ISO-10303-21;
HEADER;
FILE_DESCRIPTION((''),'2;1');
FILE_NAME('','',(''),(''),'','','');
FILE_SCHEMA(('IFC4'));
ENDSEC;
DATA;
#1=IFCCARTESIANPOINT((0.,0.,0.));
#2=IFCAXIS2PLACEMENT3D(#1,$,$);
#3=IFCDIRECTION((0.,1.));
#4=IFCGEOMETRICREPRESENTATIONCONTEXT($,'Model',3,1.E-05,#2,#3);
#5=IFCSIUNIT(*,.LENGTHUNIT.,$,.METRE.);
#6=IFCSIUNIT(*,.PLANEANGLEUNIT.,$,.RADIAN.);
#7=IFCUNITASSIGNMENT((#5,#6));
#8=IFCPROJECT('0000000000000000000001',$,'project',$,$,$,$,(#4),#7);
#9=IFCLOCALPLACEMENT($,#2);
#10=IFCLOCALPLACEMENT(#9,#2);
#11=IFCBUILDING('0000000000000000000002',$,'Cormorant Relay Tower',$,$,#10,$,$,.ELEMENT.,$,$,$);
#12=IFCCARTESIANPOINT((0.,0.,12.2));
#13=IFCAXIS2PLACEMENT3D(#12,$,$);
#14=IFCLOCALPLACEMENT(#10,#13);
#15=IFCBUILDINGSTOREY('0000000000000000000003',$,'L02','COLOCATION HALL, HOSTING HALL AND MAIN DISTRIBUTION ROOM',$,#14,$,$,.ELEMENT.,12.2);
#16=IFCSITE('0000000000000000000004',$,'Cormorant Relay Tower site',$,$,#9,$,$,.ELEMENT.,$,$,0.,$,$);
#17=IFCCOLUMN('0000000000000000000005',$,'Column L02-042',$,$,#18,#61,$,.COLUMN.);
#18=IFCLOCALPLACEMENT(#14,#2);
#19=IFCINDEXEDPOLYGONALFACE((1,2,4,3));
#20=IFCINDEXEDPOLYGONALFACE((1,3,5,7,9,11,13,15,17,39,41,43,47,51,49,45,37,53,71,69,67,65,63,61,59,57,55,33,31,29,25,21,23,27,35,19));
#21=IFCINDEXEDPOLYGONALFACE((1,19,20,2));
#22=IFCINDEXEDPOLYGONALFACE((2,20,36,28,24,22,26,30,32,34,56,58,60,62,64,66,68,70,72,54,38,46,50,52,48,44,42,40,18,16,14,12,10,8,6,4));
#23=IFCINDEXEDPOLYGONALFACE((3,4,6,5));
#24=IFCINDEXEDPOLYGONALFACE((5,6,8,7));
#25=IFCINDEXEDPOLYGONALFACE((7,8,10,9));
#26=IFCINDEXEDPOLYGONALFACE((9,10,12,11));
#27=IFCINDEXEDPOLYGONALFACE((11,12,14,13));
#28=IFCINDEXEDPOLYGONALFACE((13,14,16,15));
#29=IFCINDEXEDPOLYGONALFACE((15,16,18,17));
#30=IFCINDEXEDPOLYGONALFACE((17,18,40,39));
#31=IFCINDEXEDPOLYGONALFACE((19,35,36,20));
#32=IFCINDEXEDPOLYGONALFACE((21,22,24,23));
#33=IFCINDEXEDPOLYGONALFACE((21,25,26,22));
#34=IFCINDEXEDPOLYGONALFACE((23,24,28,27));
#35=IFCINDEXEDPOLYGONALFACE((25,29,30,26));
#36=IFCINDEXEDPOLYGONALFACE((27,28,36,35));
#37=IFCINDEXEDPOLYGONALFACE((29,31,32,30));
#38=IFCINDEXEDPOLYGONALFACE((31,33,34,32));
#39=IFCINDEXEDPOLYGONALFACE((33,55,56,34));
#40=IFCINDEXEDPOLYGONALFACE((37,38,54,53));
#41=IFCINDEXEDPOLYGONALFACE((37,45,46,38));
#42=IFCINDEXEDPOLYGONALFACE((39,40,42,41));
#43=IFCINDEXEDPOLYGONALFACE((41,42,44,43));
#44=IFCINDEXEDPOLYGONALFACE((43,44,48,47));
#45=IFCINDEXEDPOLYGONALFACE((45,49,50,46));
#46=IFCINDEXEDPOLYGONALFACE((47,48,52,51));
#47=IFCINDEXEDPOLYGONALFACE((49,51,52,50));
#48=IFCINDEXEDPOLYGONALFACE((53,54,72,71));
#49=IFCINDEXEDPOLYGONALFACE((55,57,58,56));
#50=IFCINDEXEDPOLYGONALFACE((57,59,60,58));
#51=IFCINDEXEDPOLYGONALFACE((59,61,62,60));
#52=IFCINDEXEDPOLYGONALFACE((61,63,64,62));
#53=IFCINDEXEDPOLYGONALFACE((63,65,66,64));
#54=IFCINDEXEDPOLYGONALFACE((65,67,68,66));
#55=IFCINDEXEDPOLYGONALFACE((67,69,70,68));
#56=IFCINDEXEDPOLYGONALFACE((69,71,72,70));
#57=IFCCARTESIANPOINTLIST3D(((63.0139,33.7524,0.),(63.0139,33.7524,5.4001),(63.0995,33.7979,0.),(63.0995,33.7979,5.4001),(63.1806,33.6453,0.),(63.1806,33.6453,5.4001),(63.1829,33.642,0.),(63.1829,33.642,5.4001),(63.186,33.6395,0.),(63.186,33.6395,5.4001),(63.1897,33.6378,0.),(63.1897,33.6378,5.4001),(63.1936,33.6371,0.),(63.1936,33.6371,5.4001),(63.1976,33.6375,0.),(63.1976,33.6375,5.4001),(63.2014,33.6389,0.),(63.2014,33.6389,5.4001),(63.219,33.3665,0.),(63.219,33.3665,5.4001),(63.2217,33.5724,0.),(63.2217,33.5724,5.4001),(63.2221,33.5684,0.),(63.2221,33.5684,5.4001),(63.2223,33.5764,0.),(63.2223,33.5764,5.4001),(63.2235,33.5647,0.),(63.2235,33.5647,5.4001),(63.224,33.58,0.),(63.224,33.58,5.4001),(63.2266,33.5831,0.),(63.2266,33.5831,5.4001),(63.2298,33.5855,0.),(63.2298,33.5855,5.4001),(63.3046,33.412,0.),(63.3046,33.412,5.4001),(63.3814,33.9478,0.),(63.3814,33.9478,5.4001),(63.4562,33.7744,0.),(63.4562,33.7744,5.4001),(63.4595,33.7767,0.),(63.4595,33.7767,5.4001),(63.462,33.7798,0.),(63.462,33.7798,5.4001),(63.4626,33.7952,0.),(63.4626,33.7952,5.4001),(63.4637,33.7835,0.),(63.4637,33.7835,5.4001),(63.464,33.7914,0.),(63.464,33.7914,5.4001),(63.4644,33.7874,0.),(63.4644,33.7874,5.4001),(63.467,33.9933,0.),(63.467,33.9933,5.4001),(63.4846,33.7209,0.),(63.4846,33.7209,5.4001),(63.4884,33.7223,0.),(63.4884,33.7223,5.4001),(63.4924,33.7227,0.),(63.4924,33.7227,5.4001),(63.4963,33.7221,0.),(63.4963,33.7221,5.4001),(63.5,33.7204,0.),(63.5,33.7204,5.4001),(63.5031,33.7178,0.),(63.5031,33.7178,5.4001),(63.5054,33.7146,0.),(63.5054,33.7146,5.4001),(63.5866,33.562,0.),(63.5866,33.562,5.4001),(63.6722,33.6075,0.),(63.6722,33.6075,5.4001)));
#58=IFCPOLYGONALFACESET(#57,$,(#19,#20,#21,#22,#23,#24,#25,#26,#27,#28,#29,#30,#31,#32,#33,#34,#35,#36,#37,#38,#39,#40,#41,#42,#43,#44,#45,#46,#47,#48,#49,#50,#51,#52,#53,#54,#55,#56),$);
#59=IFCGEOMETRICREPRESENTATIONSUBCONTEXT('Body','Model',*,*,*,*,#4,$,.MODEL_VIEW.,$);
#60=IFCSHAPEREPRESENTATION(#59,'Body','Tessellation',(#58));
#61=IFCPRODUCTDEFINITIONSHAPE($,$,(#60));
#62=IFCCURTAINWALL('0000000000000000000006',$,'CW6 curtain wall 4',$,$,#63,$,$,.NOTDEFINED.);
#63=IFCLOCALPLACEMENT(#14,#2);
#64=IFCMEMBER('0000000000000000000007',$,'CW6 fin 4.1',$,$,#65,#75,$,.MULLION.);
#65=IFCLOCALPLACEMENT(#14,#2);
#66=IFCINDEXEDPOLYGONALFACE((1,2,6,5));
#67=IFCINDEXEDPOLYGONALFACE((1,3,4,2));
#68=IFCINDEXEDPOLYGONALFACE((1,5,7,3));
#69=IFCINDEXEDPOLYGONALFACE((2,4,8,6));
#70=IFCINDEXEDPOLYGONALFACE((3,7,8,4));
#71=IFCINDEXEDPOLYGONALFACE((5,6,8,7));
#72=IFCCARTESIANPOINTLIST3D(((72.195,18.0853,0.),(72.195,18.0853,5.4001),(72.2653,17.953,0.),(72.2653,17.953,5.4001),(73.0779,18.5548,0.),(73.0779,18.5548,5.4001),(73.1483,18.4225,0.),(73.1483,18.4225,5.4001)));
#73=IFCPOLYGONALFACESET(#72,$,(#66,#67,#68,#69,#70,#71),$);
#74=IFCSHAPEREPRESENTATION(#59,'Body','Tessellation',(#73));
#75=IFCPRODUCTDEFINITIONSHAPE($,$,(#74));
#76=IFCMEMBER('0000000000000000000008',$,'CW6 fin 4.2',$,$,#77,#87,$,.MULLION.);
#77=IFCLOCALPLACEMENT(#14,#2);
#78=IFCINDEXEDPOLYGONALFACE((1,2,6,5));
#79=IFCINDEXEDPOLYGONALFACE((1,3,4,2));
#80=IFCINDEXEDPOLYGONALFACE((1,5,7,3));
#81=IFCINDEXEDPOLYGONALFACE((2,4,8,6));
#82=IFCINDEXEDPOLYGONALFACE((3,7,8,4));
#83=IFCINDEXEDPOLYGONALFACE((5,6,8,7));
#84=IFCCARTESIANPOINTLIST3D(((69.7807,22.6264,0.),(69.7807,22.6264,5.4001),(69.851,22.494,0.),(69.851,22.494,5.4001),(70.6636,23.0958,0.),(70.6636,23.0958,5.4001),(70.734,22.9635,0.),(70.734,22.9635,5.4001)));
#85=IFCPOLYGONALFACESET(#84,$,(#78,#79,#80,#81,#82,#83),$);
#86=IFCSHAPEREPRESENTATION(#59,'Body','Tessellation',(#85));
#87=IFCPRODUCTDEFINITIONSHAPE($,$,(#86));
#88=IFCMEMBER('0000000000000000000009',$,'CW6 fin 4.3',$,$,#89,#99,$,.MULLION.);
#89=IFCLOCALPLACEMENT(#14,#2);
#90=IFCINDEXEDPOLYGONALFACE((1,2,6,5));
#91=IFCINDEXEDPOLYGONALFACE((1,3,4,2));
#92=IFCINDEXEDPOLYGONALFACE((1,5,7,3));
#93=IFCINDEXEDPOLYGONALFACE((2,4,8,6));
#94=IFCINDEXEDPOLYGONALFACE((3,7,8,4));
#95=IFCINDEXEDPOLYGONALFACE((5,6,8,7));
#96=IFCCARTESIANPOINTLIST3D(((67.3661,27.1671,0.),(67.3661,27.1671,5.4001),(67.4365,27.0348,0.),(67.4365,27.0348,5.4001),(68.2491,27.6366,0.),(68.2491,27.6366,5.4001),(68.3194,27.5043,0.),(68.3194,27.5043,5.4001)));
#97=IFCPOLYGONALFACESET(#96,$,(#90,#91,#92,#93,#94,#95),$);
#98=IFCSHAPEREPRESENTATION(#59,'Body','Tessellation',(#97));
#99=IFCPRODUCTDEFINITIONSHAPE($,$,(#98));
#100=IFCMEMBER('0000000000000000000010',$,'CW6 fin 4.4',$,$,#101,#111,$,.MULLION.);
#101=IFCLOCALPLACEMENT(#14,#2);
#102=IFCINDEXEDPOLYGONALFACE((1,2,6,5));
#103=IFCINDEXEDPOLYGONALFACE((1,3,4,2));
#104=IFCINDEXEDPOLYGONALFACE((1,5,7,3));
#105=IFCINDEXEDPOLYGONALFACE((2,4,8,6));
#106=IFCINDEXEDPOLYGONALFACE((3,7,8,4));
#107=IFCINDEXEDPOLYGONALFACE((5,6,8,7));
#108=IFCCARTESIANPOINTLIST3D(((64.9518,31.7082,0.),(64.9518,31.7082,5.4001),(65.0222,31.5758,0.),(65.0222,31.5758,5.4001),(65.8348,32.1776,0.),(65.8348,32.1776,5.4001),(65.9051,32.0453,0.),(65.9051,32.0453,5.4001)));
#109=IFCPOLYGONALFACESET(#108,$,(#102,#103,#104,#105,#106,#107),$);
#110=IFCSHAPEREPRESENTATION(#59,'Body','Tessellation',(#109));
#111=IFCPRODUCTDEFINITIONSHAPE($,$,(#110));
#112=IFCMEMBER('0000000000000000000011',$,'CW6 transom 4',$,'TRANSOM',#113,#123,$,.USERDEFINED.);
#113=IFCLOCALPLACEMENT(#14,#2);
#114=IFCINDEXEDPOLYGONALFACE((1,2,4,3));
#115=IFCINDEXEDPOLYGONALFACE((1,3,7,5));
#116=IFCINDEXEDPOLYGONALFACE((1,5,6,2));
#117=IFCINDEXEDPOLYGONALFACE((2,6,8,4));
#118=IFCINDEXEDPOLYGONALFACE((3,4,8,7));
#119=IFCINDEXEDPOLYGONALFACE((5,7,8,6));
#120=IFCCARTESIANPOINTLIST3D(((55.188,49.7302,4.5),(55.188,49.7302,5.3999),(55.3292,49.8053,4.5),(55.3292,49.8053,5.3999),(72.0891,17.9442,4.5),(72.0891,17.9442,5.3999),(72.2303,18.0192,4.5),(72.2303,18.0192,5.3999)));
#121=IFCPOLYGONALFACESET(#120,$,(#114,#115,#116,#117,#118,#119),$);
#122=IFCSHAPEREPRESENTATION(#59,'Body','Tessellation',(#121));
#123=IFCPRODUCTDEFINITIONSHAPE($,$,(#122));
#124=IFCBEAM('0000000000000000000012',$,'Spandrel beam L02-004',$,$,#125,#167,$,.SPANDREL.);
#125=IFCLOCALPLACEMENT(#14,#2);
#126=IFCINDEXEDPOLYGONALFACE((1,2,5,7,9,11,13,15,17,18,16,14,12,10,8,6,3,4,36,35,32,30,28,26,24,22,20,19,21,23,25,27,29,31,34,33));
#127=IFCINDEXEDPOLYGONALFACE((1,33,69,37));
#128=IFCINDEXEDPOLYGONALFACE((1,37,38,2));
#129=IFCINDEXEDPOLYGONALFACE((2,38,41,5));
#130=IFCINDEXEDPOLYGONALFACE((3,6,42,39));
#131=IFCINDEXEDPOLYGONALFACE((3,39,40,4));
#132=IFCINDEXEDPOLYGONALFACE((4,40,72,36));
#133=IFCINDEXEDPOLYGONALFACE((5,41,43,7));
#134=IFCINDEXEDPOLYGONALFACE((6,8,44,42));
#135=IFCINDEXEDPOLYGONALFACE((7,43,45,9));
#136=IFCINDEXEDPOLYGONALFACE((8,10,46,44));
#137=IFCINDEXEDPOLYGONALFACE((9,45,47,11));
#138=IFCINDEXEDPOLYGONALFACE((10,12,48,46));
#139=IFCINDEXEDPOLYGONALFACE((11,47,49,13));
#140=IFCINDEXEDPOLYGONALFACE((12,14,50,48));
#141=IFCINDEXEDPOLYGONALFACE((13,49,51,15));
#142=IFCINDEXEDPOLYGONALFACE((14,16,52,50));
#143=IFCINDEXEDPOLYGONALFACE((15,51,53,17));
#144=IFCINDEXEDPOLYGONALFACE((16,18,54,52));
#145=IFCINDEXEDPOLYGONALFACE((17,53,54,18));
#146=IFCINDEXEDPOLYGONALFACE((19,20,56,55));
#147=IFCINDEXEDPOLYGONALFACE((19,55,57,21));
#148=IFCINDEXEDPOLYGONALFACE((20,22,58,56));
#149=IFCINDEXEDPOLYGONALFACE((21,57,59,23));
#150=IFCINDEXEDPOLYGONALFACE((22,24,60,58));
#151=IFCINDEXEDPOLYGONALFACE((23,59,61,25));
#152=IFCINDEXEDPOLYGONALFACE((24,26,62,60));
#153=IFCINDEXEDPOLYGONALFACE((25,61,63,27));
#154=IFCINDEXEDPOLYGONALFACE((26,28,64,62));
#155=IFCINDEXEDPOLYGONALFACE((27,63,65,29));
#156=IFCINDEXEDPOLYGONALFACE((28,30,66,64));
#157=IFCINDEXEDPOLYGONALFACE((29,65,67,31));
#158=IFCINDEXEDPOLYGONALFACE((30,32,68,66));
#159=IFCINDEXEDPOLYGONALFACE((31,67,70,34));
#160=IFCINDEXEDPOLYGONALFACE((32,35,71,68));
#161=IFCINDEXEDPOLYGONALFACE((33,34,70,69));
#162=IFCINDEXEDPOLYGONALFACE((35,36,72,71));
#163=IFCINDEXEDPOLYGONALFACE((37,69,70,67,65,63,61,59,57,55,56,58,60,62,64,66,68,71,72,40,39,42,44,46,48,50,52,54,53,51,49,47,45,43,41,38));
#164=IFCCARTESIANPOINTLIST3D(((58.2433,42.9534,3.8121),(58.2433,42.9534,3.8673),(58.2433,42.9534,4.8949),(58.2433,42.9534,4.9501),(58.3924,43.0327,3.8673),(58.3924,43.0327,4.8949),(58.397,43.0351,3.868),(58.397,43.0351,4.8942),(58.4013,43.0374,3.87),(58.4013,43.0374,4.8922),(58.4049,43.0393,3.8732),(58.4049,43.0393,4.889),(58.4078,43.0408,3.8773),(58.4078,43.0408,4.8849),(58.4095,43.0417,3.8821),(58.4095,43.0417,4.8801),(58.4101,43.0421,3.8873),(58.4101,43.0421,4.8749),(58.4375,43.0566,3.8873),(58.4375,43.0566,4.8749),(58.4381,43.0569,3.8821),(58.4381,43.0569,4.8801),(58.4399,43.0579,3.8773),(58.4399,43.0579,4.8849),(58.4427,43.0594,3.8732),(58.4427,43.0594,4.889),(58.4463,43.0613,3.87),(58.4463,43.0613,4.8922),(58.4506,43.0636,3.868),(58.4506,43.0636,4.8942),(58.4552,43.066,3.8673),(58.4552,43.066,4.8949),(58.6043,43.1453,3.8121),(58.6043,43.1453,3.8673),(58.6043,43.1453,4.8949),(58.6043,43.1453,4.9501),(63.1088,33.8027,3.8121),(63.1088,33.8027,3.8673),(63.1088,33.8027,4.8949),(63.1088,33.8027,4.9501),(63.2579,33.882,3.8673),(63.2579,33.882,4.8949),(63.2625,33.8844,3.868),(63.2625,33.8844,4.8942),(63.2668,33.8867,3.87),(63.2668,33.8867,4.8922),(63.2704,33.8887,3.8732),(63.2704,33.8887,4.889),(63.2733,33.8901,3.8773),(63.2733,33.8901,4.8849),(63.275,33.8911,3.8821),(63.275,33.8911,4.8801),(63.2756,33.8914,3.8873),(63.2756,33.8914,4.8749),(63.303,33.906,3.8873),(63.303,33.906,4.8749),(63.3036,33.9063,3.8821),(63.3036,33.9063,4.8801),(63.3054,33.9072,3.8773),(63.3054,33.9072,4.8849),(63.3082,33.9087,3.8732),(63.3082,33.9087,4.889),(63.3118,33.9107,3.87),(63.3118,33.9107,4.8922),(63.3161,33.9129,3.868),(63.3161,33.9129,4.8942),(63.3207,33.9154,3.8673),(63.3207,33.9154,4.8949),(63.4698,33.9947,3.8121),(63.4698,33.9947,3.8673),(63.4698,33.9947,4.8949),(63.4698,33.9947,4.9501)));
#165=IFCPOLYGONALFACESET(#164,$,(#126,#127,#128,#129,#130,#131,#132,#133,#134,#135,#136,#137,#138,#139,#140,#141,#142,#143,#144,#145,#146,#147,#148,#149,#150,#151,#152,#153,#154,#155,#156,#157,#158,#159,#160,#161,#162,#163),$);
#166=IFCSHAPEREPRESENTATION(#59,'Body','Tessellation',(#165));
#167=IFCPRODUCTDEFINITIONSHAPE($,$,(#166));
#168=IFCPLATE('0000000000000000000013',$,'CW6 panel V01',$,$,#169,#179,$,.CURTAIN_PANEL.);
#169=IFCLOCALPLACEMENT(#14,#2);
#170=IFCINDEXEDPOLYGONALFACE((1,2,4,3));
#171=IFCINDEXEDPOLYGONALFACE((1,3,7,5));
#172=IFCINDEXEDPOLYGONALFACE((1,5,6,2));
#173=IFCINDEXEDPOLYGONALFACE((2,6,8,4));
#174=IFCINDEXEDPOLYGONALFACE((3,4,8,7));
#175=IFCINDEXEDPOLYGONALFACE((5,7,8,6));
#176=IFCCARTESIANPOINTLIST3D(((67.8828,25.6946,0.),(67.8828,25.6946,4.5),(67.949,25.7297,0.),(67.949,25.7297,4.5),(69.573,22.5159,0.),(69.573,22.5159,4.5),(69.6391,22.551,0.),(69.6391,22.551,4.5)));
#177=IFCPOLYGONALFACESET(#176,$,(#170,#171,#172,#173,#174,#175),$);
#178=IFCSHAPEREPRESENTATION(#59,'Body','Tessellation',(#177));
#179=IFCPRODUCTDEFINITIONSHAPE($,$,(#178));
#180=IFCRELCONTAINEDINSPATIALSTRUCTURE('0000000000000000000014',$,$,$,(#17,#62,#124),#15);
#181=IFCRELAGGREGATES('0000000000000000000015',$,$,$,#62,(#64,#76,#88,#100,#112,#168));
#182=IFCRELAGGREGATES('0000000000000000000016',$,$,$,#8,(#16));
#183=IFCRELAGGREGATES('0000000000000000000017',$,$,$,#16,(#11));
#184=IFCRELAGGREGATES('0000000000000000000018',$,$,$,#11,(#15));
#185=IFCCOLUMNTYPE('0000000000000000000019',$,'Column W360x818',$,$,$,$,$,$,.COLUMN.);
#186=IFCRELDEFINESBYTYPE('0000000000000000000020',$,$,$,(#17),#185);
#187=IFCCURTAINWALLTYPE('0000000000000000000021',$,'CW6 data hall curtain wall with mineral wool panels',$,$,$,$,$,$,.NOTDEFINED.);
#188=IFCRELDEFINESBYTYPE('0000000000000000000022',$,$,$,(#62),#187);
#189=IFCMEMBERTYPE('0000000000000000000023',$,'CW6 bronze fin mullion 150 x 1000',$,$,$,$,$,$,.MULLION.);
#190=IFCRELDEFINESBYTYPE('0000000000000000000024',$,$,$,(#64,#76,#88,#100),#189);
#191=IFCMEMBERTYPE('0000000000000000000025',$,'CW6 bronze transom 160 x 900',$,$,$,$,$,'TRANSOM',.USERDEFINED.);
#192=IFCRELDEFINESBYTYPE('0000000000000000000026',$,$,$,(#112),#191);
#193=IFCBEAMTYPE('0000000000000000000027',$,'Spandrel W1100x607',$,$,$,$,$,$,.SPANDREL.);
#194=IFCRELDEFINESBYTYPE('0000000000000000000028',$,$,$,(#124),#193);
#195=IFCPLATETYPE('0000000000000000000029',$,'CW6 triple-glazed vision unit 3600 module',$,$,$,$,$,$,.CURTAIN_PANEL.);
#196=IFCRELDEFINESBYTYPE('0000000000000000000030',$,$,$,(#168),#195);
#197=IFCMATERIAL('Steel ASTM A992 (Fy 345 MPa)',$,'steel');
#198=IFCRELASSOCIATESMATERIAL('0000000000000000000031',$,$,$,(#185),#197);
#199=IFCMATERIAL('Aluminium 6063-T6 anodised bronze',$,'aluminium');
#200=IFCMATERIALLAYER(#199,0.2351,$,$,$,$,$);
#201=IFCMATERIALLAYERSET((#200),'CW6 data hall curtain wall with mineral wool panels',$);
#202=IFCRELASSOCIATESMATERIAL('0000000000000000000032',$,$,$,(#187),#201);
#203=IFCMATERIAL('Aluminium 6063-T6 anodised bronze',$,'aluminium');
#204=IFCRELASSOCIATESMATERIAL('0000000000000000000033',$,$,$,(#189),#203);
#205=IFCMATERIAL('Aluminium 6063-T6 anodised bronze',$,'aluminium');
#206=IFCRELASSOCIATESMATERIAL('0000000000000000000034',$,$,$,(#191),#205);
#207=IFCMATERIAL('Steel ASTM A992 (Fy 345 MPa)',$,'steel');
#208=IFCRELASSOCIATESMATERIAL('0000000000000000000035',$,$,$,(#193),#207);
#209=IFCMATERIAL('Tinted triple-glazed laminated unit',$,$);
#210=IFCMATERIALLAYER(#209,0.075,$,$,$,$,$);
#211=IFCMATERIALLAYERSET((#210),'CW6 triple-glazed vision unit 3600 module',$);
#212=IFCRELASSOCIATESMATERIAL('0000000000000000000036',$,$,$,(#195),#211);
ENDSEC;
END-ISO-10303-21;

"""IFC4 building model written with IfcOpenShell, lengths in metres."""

from ifc_helpers import new_model, si_unit, direction, frame, origin, origin_2d, place, context, subcontext, project, spatial, rectangle, i_section, extrude, material, layer, layer_set, material_profile, profile_set, type_object, element, aggregate, save


model = new_model("IFC4")

# Units and contexts
model_context = context("Model", 3, precision=1e-05, world=origin(), true_north=direction((0.0, 1.0)))
body_context = subcontext(model_context, "Body", "Model", "MODEL_VIEW")
ifc_project = project(units=[si_unit("LENGTHUNIT", "METRE"), si_unit("PLANEANGLEUNIT", "RADIAN")], contexts=[model_context])

# Site, building, storey
site_placement = place(None, origin())
site = spatial("IfcSite", under=ifc_project, at=site_placement, Name="Cormorant Relay Tower site", CompositionType="ELEMENT", RefElevation=0.0)
building_placement = place(site_placement, origin())
building = spatial("IfcBuilding", under=site, at=building_placement, Name="Cormorant Relay Tower", CompositionType="ELEMENT")
storey_placement = place(building_placement, frame((0.0, 0.0, 12.2)))
storey = spatial("IfcBuildingStorey", under=building, at=storey_placement, Name="L02", Description="COLOCATION HALL, HOSTING HALL AND MAIN DISTRIBUTION ROOM", CompositionType="ELEMENT", Elevation=12.2)

# Column
ifc_material_1 = material(Name="Steel ASTM A992 (Fy 345 MPa)", Category="steel")
ifc_material_profile_1 = material_profile(ifc_material_1, i_section(OverallWidth=0.437, OverallDepth=0.5132, WebThickness=0.0605, FlangeThickness=0.0969, FilletRadius=0.0154, at=origin_2d()), Name="W360x818")
ifc_profile_set_1 = profile_set([ifc_material_profile_1], Name="Steel ASTM A992 (Fy 345 MPa)")
column_type_1 = type_object("IfcColumnType", Name="Column W360x818", PredefinedType="COLUMN", material=ifc_profile_set_1)
for number, where, z_axis, x_axis, name in (
    (1, (63.343, 33.6799, 0.0), (0.0, 0.0, 1.0), (-0.469472, 0.882948, 0.0), "Column L02-042"),
):
    element("IfcColumn", number, at=place(storey_placement, frame(where, z_axis=z_axis, x_axis=x_axis)), inside=storey, type_object=column_type_1, Name=name, PredefinedType="COLUMN", context=body_context, shape_type="SweptSolid", body=[
        extrude(i_section(OverallWidth=0.437, OverallDepth=0.5132, WebThickness=0.0605, FlangeThickness=0.0969, FilletRadius=0.0154, at=origin_2d()), origin(), (0.0, 0.0, 1.0), 5.4001),
    ])

# Curtain wall, members
ifc_material_2 = material(Name="Aluminium 6063-T6 anodised bronze", Category="aluminium")
ifc_layer_1 = layer(ifc_material_2, 0.2351)
ifc_layer_set_1 = layer_set([ifc_layer_1], Name="CW6 data hall curtain wall with mineral wool panels")
curtain_wall_type = type_object("IfcCurtainWallType", Name="CW6 data hall curtain wall with mineral wool panels", PredefinedType="NOTDEFINED", material=ifc_layer_set_1)
curtain_wall_1_placement = place(storey_placement, origin())
curtain_wall_1 = element("IfcCurtainWall", 2, at=curtain_wall_1_placement, inside=storey, type_object=curtain_wall_type, Name="CW6 curtain wall 4", PredefinedType="NOTDEFINED")
ifc_material_3 = material(Name="Aluminium 6063-T6 anodised bronze", Category="aluminium")
ifc_material_profile_2 = material_profile(ifc_material_3, rectangle(XDim=0.1499, YDim=1.0, at=origin_2d()), Name="AL 150x1000")
ifc_profile_set_2 = profile_set([ifc_material_profile_2], Name="Aluminium 6063-T6 anodised bronze")
member_type_1 = type_object("IfcMemberType", Name="CW6 bronze fin mullion 150 x 1000", PredefinedType="MULLION", material=ifc_profile_set_2)
member_1_placement = place(storey_placement, frame((72.6716, 18.2539, 0.0), z_axis=(0.0, 0.0, 1.0), x_axis=(-0.469472, 0.882948, 0.0)))
member_1 = element("IfcMember", 3, at=member_1_placement, type_object=member_type_1, Name="CW6 fin 4.1", PredefinedType="MULLION", context=body_context, shape_type="SweptSolid", body=[
    extrude(rectangle(XDim=0.1499, YDim=1.0, at=origin_2d()), origin(), (0.0, 0.0, 1.0), 5.4001),
])
member_2_placement = place(storey_placement, frame((70.2573, 22.7949, 0.0), z_axis=(0.0, 0.0, 1.0), x_axis=(-0.469472, 0.882948, 0.0)))
member_2 = element("IfcMember", 4, at=member_2_placement, type_object=member_type_1, Name="CW6 fin 4.2", PredefinedType="MULLION", context=body_context, shape_type="SweptSolid", body=[
    extrude(rectangle(XDim=0.1499, YDim=1.0, at=origin_2d()), origin(), (0.0, 0.0, 1.0), 5.4001),
])
member_3_placement = place(storey_placement, frame((67.8428, 27.3357, 0.0), z_axis=(0.0, 0.0, 1.0), x_axis=(-0.469472, 0.882948, 0.0)))
member_3 = element("IfcMember", 5, at=member_3_placement, type_object=member_type_1, Name="CW6 fin 4.3", PredefinedType="MULLION", context=body_context, shape_type="SweptSolid", body=[
    extrude(rectangle(XDim=0.1499, YDim=1.0, at=origin_2d()), origin(), (0.0, 0.0, 1.0), 5.4001),
])
member_4_placement = place(storey_placement, frame((65.4285, 31.8767, 0.0), z_axis=(0.0, 0.0, 1.0), x_axis=(-0.469472, 0.882948, 0.0)))
member_4 = element("IfcMember", 6, at=member_4_placement, type_object=member_type_1, Name="CW6 fin 4.4", PredefinedType="MULLION", context=body_context, shape_type="SweptSolid", body=[
    extrude(rectangle(XDim=0.1499, YDim=1.0, at=origin_2d()), origin(), (0.0, 0.0, 1.0), 5.4001),
])
ifc_material_4 = material(Name="Aluminium 6063-T6 anodised bronze", Category="aluminium")
ifc_material_profile_3 = material_profile(ifc_material_4, rectangle(XDim=0.1599, YDim=0.8999, at=origin_2d()), Name="AL 160x900")
ifc_profile_set_3 = profile_set([ifc_material_profile_3], Name="Aluminium 6063-T6 anodised bronze")
member_type_2 = type_object("IfcMemberType", Name="CW6 bronze transom 160 x 900", ElementType="TRANSOM", PredefinedType="USERDEFINED", material=ifc_profile_set_3)
member_5_placement = place(storey_placement, frame((72.1597, 17.9817, 4.95), z_axis=(-0.469475, 0.882946, 0.0), x_axis=(-0.882946, -0.469475, 0.0)))
member_5 = element("IfcMember", 7, at=member_5_placement, type_object=member_type_2, Name="CW6 transom 4", ObjectType="TRANSOM", PredefinedType="USERDEFINED", context=body_context, shape_type="SweptSolid", body=[
    extrude(rectangle(XDim=0.1599, YDim=0.8999, at=origin_2d()), origin(), (0.0, 0.0, 1.0), 36.0),
])

# Beam
ifc_material_5 = material(Name="Steel ASTM A992 (Fy 345 MPa)", Category="steel")
ifc_material_profile_4 = material_profile(ifc_material_5, i_section(OverallWidth=0.4089, OverallDepth=1.1379, WebThickness=0.031, FlangeThickness=0.0552, FilletRadius=0.02, at=origin_2d()), Name="W1100x607")
ifc_profile_set_4 = profile_set([ifc_material_profile_4], Name="Steel ASTM A992 (Fy 345 MPa)")
beam_type = type_object("IfcBeamType", Name="Spandrel W1100x607", PredefinedType="SPANDREL", material=ifc_profile_set_4)
beam_placement = place(storey_placement, frame((63.2893, 33.8987, 4.3811), z_axis=(-0.469472, 0.882948, 0.0), x_axis=(-0.882948, -0.469472, 0.0)))
element("IfcBeam", 8, at=beam_placement, inside=storey, type_object=beam_type, Name="Spandrel beam L02-004", PredefinedType="SPANDREL", context=body_context, shape_type="SweptSolid", body=[
    extrude(i_section(OverallWidth=0.4089, OverallDepth=1.1379, WebThickness=0.031, FlangeThickness=0.0552, FilletRadius=0.02, at=origin_2d()), origin(), (0.0, 0.0, 1.0), 10.3638),
])

# Plate
ifc_material_6 = material(Name="Tinted triple-glazed laminated unit")
ifc_layer_2 = layer(ifc_material_6, 0.075)
ifc_layer_set_2 = layer_set([ifc_layer_2], Name="CW6 triple-glazed vision unit 3600 module")
plate_type = type_object("IfcPlateType", Name="CW6 triple-glazed vision unit 3600 module", PredefinedType="CURTAIN_PANEL", material=ifc_layer_set_2)
plate_placement = place(storey_placement, frame((68.761, 24.1228, 0.0), z_axis=(0.0, 0.0, 1.0), x_axis=(-0.469472, 0.882948, 0.0)))
plate = element("IfcPlate", 9, at=plate_placement, type_object=plate_type, Name="CW6 panel V01", PredefinedType="CURTAIN_PANEL", context=body_context, shape_type="SweptSolid", body=[
    extrude(rectangle(XDim=3.6001, YDim=0.075, at=origin_2d()), origin(), (0.0, 0.0, 1.0), 4.5),
])

aggregate(curtain_wall_1, [member_1, member_2, member_3, member_4, member_5, plate])

save(model, "model.ifc")
